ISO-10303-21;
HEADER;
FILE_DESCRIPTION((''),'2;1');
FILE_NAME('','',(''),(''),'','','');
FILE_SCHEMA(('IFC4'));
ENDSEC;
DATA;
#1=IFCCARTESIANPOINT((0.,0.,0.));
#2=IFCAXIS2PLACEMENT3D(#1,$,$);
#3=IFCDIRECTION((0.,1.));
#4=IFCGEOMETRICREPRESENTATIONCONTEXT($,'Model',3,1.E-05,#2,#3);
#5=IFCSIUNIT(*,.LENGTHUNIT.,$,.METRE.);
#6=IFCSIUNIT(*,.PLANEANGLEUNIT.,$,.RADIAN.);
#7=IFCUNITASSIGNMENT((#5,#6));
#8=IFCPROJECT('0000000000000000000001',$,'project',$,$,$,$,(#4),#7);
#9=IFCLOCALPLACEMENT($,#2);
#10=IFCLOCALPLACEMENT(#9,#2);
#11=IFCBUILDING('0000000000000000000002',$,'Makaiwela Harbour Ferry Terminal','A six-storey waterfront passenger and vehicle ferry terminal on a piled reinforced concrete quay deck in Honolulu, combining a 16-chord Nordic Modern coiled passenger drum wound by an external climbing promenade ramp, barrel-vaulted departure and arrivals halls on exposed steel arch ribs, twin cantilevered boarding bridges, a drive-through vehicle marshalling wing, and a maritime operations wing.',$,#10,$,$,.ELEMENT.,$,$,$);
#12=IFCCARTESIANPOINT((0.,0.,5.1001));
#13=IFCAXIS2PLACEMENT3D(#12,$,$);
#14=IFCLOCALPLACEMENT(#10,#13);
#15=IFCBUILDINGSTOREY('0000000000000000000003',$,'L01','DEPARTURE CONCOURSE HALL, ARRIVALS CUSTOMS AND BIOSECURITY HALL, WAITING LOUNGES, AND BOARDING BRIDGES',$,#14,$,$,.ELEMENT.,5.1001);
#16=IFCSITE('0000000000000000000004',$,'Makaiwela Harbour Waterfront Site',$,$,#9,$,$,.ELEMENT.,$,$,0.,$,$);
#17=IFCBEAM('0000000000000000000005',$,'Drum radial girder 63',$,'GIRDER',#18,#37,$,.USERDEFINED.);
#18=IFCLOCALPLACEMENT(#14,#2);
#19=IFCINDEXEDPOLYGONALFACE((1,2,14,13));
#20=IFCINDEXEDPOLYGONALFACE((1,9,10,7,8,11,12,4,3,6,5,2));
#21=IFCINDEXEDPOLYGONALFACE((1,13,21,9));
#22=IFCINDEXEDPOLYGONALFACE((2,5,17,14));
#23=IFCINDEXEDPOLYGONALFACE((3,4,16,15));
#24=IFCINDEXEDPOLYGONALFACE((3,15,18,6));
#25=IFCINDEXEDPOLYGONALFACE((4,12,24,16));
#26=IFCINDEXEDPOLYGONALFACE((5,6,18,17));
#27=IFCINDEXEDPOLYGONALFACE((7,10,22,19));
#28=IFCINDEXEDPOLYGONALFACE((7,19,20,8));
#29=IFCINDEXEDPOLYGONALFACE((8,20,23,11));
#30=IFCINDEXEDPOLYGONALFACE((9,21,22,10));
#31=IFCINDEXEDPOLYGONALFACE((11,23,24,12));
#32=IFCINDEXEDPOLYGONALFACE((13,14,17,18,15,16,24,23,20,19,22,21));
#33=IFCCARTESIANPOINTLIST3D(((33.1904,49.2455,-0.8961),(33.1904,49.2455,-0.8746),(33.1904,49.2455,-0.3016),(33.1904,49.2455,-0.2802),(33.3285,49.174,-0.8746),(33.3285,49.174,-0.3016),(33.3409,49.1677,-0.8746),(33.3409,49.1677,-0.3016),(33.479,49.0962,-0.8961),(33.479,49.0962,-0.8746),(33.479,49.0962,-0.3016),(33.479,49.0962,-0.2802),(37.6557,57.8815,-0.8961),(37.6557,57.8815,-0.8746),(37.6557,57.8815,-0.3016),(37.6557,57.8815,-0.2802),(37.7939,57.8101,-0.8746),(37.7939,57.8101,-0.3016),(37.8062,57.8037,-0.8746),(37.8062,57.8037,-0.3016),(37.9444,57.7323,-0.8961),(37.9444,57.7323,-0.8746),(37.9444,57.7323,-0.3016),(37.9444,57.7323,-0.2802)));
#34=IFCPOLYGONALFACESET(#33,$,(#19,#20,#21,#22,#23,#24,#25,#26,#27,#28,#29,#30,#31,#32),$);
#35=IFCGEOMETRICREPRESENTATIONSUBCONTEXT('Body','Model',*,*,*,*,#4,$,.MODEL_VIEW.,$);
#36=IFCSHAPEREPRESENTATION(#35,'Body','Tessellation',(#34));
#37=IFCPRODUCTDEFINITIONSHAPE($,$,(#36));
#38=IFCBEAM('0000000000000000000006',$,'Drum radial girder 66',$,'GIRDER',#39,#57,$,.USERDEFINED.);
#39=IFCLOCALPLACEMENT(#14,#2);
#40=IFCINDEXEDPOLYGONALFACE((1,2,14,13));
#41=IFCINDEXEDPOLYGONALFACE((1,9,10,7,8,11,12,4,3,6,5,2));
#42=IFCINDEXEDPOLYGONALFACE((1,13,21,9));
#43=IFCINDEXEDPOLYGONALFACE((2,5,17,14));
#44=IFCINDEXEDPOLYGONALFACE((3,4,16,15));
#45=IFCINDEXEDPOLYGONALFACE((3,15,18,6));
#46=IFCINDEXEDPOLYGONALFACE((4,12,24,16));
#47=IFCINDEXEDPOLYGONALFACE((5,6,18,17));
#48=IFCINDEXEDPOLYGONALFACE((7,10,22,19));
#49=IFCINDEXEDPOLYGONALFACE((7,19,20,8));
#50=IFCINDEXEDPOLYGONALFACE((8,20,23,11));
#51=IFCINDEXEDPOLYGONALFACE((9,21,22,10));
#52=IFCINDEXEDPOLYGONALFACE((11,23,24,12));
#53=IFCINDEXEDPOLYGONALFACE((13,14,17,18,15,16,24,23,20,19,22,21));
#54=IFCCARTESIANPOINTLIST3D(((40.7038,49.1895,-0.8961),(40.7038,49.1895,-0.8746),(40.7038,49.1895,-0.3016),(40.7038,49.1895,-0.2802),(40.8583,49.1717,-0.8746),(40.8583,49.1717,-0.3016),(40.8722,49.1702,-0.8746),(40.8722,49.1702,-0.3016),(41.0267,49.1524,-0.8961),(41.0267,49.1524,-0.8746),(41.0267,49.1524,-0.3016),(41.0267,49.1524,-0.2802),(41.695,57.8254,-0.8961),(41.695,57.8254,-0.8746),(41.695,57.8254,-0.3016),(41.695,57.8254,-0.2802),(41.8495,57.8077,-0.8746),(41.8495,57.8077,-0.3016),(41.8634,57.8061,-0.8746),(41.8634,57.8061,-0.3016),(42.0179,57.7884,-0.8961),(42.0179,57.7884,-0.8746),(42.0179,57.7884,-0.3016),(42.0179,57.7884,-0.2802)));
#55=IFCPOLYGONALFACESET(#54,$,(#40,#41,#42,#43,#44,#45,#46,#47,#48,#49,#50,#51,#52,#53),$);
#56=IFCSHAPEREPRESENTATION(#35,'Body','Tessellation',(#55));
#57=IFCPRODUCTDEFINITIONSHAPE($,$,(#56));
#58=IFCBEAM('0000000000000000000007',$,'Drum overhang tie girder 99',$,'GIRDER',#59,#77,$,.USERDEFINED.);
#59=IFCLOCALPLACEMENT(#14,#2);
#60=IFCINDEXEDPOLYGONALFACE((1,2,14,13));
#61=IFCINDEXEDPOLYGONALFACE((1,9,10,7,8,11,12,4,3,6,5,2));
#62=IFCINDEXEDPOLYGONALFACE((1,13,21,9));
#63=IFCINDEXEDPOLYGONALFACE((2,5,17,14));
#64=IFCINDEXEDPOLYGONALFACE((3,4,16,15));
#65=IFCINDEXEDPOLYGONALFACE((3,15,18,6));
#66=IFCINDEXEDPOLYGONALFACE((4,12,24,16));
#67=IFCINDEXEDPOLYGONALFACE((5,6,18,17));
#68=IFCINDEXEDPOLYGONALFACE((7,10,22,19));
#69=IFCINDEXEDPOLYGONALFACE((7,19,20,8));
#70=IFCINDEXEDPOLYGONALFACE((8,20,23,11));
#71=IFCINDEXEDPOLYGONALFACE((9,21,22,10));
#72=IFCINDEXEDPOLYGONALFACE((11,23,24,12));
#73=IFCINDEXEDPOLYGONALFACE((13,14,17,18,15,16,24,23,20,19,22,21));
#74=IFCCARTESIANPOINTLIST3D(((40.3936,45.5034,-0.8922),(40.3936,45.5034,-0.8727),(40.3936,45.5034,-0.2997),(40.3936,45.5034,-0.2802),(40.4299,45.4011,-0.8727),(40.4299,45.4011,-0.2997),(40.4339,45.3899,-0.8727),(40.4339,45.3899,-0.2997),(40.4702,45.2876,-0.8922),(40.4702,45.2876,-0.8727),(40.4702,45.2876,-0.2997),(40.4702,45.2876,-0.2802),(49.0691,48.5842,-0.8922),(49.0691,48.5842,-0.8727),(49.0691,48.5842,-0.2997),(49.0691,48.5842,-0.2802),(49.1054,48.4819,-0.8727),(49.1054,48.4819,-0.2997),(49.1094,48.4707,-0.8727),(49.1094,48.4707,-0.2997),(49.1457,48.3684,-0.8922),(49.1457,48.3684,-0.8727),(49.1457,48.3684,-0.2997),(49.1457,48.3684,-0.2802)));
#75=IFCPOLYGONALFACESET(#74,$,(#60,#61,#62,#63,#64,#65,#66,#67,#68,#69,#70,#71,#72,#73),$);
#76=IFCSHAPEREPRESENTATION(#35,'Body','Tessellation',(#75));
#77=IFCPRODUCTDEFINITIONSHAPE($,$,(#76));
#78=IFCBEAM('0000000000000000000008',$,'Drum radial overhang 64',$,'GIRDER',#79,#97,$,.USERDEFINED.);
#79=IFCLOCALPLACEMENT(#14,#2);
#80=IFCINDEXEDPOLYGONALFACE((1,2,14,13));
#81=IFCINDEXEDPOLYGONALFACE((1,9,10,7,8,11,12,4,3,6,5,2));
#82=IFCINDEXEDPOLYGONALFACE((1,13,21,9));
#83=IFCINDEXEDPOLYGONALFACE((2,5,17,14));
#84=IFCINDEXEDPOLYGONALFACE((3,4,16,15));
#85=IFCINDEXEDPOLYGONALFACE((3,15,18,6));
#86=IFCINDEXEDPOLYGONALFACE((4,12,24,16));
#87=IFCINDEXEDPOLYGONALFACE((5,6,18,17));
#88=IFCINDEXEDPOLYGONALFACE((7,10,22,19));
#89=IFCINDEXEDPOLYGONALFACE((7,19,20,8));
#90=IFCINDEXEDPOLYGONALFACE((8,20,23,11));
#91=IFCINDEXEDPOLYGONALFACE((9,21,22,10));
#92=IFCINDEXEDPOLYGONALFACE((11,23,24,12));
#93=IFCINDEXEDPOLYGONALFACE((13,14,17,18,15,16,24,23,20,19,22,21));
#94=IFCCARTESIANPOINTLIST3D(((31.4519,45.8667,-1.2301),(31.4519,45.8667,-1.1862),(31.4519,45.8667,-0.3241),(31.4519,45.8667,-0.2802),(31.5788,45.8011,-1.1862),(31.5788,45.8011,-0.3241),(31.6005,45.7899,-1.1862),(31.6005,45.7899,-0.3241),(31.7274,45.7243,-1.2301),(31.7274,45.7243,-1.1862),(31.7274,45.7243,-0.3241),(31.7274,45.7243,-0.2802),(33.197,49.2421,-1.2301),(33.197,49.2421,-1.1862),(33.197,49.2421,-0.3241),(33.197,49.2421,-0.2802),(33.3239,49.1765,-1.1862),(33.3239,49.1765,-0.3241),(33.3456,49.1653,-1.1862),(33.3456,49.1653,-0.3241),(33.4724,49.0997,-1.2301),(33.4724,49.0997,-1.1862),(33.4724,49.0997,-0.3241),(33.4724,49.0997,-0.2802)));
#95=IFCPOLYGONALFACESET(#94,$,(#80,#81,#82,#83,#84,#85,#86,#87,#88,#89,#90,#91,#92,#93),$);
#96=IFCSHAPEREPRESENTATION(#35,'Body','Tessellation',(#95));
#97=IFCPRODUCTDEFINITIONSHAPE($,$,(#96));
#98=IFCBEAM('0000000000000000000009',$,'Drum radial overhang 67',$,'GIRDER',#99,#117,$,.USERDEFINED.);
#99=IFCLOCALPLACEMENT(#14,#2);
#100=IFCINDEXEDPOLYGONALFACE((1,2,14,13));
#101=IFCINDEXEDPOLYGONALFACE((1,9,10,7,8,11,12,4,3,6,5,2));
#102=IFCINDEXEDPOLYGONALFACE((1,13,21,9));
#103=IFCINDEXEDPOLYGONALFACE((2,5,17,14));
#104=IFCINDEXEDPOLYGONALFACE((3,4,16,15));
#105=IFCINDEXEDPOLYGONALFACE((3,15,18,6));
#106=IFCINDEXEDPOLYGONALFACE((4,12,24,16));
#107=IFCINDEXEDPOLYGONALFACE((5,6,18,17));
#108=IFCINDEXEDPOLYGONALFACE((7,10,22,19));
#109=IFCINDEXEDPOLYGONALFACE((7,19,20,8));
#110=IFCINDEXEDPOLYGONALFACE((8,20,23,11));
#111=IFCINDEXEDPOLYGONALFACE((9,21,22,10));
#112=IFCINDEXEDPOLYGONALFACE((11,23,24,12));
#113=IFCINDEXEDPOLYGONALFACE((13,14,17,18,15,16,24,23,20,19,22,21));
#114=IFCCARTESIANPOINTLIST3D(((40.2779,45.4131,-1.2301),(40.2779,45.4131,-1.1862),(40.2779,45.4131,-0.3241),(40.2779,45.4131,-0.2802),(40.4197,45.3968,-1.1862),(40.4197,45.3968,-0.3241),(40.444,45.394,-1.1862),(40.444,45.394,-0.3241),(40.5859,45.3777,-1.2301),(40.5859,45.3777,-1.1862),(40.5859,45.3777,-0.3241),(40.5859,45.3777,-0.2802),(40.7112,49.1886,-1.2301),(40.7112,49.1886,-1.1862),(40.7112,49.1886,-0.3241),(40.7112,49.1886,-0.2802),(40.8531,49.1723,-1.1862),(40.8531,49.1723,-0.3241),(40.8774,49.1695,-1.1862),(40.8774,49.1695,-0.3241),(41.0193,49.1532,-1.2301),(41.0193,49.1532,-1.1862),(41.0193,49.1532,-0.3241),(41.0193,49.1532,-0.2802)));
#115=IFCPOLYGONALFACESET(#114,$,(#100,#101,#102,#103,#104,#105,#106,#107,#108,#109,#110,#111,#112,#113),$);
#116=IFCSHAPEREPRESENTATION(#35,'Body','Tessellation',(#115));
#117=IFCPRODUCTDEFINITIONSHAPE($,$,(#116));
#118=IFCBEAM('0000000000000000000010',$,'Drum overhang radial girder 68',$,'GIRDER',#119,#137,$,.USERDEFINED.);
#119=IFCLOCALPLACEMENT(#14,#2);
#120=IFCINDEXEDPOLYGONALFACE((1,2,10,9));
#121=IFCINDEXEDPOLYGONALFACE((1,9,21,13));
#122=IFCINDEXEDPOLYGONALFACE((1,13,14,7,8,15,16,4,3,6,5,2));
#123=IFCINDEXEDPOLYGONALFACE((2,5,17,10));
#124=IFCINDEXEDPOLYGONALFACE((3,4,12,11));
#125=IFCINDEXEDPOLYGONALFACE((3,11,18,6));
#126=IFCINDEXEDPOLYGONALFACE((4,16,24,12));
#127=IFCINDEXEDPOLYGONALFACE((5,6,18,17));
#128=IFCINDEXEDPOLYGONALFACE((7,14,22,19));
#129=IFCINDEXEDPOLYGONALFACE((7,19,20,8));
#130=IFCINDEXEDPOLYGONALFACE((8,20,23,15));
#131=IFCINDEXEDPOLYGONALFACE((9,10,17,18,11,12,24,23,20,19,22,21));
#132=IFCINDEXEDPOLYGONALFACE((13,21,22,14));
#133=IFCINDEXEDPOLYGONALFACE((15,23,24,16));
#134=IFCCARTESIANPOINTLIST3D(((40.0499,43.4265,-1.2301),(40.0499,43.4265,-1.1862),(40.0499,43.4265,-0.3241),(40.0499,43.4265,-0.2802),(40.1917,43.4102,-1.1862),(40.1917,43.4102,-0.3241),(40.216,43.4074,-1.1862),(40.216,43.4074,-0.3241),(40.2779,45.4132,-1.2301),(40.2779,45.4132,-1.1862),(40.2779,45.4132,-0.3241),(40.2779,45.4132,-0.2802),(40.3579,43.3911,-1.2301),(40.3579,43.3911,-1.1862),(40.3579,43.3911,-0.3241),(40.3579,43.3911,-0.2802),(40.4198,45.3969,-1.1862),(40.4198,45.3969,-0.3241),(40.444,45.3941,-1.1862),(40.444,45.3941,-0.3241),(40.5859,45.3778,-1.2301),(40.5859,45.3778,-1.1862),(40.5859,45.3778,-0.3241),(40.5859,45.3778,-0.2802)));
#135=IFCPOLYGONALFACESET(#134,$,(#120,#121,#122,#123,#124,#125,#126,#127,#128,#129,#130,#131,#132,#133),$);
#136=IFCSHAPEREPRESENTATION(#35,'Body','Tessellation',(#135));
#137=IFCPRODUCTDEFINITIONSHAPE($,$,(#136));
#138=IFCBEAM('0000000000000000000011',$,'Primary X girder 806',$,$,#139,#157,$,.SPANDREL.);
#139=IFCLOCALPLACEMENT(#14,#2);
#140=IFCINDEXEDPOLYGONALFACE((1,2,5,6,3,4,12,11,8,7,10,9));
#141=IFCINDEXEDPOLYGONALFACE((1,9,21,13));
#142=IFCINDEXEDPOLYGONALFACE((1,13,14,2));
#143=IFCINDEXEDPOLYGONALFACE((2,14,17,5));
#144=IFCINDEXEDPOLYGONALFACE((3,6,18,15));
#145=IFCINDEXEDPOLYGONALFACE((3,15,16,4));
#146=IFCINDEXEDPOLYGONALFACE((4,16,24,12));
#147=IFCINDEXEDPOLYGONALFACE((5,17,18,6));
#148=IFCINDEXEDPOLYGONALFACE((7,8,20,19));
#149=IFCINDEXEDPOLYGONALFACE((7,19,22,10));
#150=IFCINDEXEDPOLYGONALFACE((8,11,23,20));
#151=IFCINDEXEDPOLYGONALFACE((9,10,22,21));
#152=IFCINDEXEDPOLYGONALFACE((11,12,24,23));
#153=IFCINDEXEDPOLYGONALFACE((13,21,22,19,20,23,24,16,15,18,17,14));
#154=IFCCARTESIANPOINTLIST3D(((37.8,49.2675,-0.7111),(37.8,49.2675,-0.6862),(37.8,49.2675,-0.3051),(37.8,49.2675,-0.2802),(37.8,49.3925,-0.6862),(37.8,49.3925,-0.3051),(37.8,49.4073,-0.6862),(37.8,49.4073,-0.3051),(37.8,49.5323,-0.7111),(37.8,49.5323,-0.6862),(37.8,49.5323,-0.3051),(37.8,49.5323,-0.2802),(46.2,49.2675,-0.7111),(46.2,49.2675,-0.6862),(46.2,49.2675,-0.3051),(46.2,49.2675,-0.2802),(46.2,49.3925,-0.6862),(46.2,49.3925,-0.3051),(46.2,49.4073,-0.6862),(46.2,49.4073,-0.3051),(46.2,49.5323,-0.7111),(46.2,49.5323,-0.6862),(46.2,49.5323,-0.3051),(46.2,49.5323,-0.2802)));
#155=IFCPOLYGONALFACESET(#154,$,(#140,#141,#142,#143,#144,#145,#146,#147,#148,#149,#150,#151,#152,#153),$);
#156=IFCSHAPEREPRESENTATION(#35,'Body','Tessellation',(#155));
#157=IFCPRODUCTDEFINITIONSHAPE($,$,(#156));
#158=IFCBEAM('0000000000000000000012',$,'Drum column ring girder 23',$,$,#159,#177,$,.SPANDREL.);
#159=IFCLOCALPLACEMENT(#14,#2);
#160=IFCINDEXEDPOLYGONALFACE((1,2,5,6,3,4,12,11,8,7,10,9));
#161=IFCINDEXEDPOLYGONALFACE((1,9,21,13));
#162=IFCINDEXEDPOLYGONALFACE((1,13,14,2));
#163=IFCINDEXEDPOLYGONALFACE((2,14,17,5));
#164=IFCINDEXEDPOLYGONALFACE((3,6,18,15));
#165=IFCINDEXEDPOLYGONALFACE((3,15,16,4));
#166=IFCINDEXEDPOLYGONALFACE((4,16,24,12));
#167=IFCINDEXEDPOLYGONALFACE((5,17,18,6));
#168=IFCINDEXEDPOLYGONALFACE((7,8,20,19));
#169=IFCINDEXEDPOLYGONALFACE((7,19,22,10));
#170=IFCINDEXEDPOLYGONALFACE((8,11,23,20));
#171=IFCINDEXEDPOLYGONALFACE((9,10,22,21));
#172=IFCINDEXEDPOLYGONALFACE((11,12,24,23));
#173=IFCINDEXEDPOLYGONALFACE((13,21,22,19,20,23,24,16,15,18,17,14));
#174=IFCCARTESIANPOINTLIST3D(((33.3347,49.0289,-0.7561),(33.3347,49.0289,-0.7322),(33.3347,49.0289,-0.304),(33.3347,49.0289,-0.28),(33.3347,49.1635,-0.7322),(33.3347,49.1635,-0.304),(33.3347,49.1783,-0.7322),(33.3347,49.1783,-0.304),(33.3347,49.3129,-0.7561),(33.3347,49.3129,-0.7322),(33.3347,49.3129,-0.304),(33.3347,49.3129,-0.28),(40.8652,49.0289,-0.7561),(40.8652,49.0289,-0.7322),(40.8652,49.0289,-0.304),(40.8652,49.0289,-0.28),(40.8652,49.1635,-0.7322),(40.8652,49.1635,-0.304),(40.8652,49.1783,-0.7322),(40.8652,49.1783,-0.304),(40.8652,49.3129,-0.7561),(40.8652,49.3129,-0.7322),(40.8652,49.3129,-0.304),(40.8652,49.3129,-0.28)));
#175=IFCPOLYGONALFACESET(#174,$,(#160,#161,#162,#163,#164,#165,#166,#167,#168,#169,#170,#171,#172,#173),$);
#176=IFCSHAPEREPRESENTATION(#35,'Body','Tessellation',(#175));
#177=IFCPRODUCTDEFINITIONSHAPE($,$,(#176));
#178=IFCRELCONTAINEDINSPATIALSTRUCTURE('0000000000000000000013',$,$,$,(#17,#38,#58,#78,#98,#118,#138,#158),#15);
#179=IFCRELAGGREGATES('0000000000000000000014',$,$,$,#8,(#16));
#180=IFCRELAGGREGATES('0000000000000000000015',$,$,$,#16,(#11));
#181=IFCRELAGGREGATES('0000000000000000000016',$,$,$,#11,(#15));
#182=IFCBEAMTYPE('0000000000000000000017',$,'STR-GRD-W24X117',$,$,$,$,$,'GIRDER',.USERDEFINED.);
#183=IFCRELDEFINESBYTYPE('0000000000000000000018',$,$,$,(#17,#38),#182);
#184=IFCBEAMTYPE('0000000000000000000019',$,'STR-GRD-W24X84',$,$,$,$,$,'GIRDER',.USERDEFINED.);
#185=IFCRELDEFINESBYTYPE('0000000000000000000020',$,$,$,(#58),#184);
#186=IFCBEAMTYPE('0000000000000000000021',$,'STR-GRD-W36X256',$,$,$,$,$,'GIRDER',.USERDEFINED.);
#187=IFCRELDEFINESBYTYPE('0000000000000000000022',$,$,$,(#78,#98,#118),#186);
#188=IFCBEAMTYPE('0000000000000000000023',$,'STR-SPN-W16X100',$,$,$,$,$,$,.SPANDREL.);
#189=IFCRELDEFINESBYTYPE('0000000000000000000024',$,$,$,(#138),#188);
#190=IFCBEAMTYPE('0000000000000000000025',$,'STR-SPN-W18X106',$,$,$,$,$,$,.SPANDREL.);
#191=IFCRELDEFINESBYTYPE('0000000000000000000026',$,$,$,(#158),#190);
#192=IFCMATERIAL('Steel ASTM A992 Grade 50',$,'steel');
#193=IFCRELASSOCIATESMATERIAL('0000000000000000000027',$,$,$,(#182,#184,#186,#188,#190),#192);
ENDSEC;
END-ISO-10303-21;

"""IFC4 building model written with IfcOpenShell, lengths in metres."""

from ifc_helpers import new_model, si_unit, direction, frame, origin, origin_2d, place, context, subcontext, project, spatial, i_section, extrude, material, material_profile, profile_set, type_object, element, save


model = new_model("IFC4")

# Units and contexts
model_context = context("Model", 3, precision=1e-05, world=origin(), true_north=direction((0.0, 1.0)))
body_context = subcontext(model_context, "Body", "Model", "MODEL_VIEW")
ifc_project = project(units=[si_unit("LENGTHUNIT", "METRE"), si_unit("PLANEANGLEUNIT", "RADIAN")], contexts=[model_context])

# Site, building, storey
site_placement = place(None, origin())
site = spatial("IfcSite", under=ifc_project, at=site_placement, Name="Makaiwela Harbour Waterfront Site", CompositionType="ELEMENT", RefElevation=0.0)
building_placement = place(site_placement, origin())
building = spatial("IfcBuilding", under=site, at=building_placement, Name="Makaiwela Harbour Ferry Terminal", Description="A six-storey waterfront passenger and vehicle ferry terminal on a piled reinforced concrete quay deck in Honolulu, combining a 16-chord Nordic Modern coiled passenger drum wound by an external climbing promenade ramp, barrel-vaulted departure and arrivals halls on exposed steel arch ribs, twin cantilevered boarding bridges, a drive-through vehicle marshalling wing, and a maritime operations wing.", CompositionType="ELEMENT")
storey_placement = place(building_placement, frame((0.0, 0.0, 5.1001)))
storey = spatial("IfcBuildingStorey", under=building, at=storey_placement, Name="L01", Description="DEPARTURE CONCOURSE HALL, ARRIVALS CUSTOMS AND BIOSECURITY HALL, WAITING LOUNGES, AND BOARDING BRIDGES", CompositionType="ELEMENT", Elevation=5.1001)

# Shared definitions
ifc_material_1 = material(Name="Steel ASTM A992 Grade 50", Category="steel")

# Beams
ifc_material_profile_1 = material_profile(ifc_material_1, i_section(OverallWidth=0.325, OverallDepth=0.616, WebThickness=0.0139, FlangeThickness=0.0215, at=origin_2d()), Name="W24X117")
ifc_profile_set_1 = profile_set([ifc_material_profile_1], Name="Steel ASTM A992 Grade 50")
beam_type_1 = type_object("IfcBeamType", Name="STR-GRD-W24X117", ElementType="GIRDER", PredefinedType="USERDEFINED", material=ifc_profile_set_1)
beam_1_placement = place(storey_placement, frame((37.8, 57.8069, -0.5881), z_axis=(-0.459297, -0.888283, 0.0), x_axis=(0.888283, -0.459297, 0.0)))
element("IfcBeam", 1, at=beam_1_placement, inside=storey, type_object=beam_type_1, Name="Drum radial girder 63", ObjectType="GIRDER", PredefinedType="USERDEFINED", context=body_context, shape_type="SweptSolid", body=[
    extrude(i_section(OverallWidth=0.325, OverallDepth=0.616, WebThickness=0.0139, FlangeThickness=0.0215, at=origin_2d()), origin(), (0.0, 0.0, 1.0), 9.7222),
])
beam_2_placement = place(storey_placement, frame((41.8564, 57.8069, -0.5881), z_axis=(-0.114028, -0.993478, 0.0), x_axis=(0.993478, -0.114028, 0.0)))
element("IfcBeam", 2, at=beam_2_placement, inside=storey, type_object=beam_type_1, Name="Drum radial girder 66", ObjectType="GIRDER", PredefinedType="USERDEFINED", context=body_context, shape_type="SweptSolid", body=[
    extrude(i_section(OverallWidth=0.325, OverallDepth=0.616, WebThickness=0.0139, FlangeThickness=0.0215, at=origin_2d()), origin(), (0.0, 0.0, 1.0), 8.6926),
])
ifc_material_profile_2 = material_profile(ifc_material_1, i_section(OverallWidth=0.229, OverallDepth=0.6121, WebThickness=0.012, FlangeThickness=0.0195, at=origin_2d()), Name="W24X84")
ifc_profile_set_2 = profile_set([ifc_material_profile_2], Name="Steel ASTM A992 Grade 50")
beam_type_2 = type_object("IfcBeamType", Name="STR-GRD-W24X84", ElementType="GIRDER", PredefinedType="USERDEFINED", material=ifc_profile_set_2)
beam_3_placement = place(storey_placement, frame((40.4319, 45.3955, -0.5862), z_axis=(0.942346, 0.334641, 0.0), x_axis=(-0.334641, 0.942346, 0.0)))
element("IfcBeam", 3, at=beam_3_placement, inside=storey, type_object=beam_type_2, Name="Drum overhang tie girder 99", ObjectType="GIRDER", PredefinedType="USERDEFINED", context=body_context, shape_type="SweptSolid", body=[
    extrude(i_section(OverallWidth=0.229, OverallDepth=0.6121, WebThickness=0.012, FlangeThickness=0.0195, at=origin_2d()), origin(), (0.0, 0.0, 1.0), 9.2063),
])
ifc_material_profile_3 = material_profile(ifc_material_1, i_section(OverallWidth=0.3101, OverallDepth=0.95, WebThickness=0.0244, FlangeThickness=0.0439, at=origin_2d()), Name="W36X256")
ifc_profile_set_3 = profile_set([ifc_material_profile_3], Name="Steel ASTM A992 Grade 50")
beam_type_3 = type_object("IfcBeamType", Name="STR-GRD-W36X256", ElementType="GIRDER", PredefinedType="USERDEFINED", material=ifc_profile_set_3)
beam_4_placement = place(storey_placement, frame((33.3347, 49.1709, -0.7551), z_axis=(-0.459252, -0.888306, 0.0), x_axis=(0.888306, -0.459252, 0.0)))
element("IfcBeam", 4, at=beam_4_placement, inside=storey, type_object=beam_type_3, Name="Drum radial overhang 64", ObjectType="GIRDER", PredefinedType="USERDEFINED", context=body_context, shape_type="SweptSolid", body=[
    extrude(i_section(OverallWidth=0.3101, OverallDepth=0.95, WebThickness=0.0244, FlangeThickness=0.0439, at=origin_2d()), origin(), (0.0, 0.0, 1.0), 3.7998),
])
beam_5_placement = place(storey_placement, frame((40.8652, 49.1709, -0.7551), z_axis=(-0.114034, -0.993477, 0.0), x_axis=(0.993477, -0.114034, 0.0)))
element("IfcBeam", 5, at=beam_5_placement, inside=storey, type_object=beam_type_3, Name="Drum radial overhang 67", ObjectType="GIRDER", PredefinedType="USERDEFINED", context=body_context, shape_type="SweptSolid", body=[
    extrude(i_section(OverallWidth=0.3101, OverallDepth=0.95, WebThickness=0.0244, FlangeThickness=0.0439, at=origin_2d()), origin(), (0.0, 0.0, 1.0), 3.8003),
])
beam_6_placement = place(storey_placement, frame((40.4319, 45.3955, -0.7551), z_axis=(-0.114022, -0.993478, 0.0), x_axis=(0.993478, -0.114022, 0.0)))
element("IfcBeam", 6, at=beam_6_placement, inside=storey, type_object=beam_type_3, Name="Drum overhang radial girder 68", ObjectType="GIRDER", PredefinedType="USERDEFINED", context=body_context, shape_type="SweptSolid", body=[
    extrude(i_section(OverallWidth=0.3101, OverallDepth=0.95, WebThickness=0.0244, FlangeThickness=0.0439, at=origin_2d()), origin(), (0.0, 0.0, 1.0), 1.9998),
])
ifc_material_profile_4 = material_profile(ifc_material_1, i_section(OverallWidth=0.2649, OverallDepth=0.4309, WebThickness=0.0149, FlangeThickness=0.0249, at=origin_2d()), Name="W16X100")
ifc_profile_set_4 = profile_set([ifc_material_profile_4], Name="Steel ASTM A992 Grade 50")
beam_type_4 = type_object("IfcBeamType", Name="STR-SPN-W16X100", PredefinedType="SPANDREL", material=ifc_profile_set_4)
beam_7_placement = place(storey_placement, frame((37.8, 49.3999, -0.4956), z_axis=(1.0, 0.0, 0.0), x_axis=(0.0, 1.0, 0.0)))
element("IfcBeam", 7, at=beam_7_placement, inside=storey, type_object=beam_type_4, Name="Primary X girder 806", PredefinedType="SPANDREL", context=body_context, shape_type="SweptSolid", body=[
    extrude(i_section(OverallWidth=0.2649, OverallDepth=0.4309, WebThickness=0.0149, FlangeThickness=0.0249, at=origin_2d()), origin(), (0.0, 0.0, 1.0), 8.3999),
])
ifc_material_profile_5 = material_profile(ifc_material_1, i_section(OverallWidth=0.2839, OverallDepth=0.4761, WebThickness=0.0149, FlangeThickness=0.0239, at=origin_2d()), Name="W18X106")
ifc_profile_set_5 = profile_set([ifc_material_profile_5], Name="Steel ASTM A992 Grade 50")
beam_type_5 = type_object("IfcBeamType", Name="STR-SPN-W18X106", PredefinedType="SPANDREL", material=ifc_profile_set_5)
for number, where, z_axis, x_axis, name in (
    (8, (33.3347, 49.1709, -0.5181), (1.0, 0.0, 0.0), (0.0, 1.0, 0.0), "Drum column ring girder 23"),
):
    element("IfcBeam", number, at=place(storey_placement, frame(where, z_axis=z_axis, x_axis=x_axis)), inside=storey, type_object=beam_type_5, Name=name, PredefinedType="SPANDREL", context=body_context, shape_type="SweptSolid", body=[
        extrude(i_section(OverallWidth=0.2839, OverallDepth=0.4761, WebThickness=0.0149, FlangeThickness=0.0239, at=origin_2d()), origin(), (0.0, 0.0, 1.0), 7.5305),
    ])

save(model, "model.ifc")
